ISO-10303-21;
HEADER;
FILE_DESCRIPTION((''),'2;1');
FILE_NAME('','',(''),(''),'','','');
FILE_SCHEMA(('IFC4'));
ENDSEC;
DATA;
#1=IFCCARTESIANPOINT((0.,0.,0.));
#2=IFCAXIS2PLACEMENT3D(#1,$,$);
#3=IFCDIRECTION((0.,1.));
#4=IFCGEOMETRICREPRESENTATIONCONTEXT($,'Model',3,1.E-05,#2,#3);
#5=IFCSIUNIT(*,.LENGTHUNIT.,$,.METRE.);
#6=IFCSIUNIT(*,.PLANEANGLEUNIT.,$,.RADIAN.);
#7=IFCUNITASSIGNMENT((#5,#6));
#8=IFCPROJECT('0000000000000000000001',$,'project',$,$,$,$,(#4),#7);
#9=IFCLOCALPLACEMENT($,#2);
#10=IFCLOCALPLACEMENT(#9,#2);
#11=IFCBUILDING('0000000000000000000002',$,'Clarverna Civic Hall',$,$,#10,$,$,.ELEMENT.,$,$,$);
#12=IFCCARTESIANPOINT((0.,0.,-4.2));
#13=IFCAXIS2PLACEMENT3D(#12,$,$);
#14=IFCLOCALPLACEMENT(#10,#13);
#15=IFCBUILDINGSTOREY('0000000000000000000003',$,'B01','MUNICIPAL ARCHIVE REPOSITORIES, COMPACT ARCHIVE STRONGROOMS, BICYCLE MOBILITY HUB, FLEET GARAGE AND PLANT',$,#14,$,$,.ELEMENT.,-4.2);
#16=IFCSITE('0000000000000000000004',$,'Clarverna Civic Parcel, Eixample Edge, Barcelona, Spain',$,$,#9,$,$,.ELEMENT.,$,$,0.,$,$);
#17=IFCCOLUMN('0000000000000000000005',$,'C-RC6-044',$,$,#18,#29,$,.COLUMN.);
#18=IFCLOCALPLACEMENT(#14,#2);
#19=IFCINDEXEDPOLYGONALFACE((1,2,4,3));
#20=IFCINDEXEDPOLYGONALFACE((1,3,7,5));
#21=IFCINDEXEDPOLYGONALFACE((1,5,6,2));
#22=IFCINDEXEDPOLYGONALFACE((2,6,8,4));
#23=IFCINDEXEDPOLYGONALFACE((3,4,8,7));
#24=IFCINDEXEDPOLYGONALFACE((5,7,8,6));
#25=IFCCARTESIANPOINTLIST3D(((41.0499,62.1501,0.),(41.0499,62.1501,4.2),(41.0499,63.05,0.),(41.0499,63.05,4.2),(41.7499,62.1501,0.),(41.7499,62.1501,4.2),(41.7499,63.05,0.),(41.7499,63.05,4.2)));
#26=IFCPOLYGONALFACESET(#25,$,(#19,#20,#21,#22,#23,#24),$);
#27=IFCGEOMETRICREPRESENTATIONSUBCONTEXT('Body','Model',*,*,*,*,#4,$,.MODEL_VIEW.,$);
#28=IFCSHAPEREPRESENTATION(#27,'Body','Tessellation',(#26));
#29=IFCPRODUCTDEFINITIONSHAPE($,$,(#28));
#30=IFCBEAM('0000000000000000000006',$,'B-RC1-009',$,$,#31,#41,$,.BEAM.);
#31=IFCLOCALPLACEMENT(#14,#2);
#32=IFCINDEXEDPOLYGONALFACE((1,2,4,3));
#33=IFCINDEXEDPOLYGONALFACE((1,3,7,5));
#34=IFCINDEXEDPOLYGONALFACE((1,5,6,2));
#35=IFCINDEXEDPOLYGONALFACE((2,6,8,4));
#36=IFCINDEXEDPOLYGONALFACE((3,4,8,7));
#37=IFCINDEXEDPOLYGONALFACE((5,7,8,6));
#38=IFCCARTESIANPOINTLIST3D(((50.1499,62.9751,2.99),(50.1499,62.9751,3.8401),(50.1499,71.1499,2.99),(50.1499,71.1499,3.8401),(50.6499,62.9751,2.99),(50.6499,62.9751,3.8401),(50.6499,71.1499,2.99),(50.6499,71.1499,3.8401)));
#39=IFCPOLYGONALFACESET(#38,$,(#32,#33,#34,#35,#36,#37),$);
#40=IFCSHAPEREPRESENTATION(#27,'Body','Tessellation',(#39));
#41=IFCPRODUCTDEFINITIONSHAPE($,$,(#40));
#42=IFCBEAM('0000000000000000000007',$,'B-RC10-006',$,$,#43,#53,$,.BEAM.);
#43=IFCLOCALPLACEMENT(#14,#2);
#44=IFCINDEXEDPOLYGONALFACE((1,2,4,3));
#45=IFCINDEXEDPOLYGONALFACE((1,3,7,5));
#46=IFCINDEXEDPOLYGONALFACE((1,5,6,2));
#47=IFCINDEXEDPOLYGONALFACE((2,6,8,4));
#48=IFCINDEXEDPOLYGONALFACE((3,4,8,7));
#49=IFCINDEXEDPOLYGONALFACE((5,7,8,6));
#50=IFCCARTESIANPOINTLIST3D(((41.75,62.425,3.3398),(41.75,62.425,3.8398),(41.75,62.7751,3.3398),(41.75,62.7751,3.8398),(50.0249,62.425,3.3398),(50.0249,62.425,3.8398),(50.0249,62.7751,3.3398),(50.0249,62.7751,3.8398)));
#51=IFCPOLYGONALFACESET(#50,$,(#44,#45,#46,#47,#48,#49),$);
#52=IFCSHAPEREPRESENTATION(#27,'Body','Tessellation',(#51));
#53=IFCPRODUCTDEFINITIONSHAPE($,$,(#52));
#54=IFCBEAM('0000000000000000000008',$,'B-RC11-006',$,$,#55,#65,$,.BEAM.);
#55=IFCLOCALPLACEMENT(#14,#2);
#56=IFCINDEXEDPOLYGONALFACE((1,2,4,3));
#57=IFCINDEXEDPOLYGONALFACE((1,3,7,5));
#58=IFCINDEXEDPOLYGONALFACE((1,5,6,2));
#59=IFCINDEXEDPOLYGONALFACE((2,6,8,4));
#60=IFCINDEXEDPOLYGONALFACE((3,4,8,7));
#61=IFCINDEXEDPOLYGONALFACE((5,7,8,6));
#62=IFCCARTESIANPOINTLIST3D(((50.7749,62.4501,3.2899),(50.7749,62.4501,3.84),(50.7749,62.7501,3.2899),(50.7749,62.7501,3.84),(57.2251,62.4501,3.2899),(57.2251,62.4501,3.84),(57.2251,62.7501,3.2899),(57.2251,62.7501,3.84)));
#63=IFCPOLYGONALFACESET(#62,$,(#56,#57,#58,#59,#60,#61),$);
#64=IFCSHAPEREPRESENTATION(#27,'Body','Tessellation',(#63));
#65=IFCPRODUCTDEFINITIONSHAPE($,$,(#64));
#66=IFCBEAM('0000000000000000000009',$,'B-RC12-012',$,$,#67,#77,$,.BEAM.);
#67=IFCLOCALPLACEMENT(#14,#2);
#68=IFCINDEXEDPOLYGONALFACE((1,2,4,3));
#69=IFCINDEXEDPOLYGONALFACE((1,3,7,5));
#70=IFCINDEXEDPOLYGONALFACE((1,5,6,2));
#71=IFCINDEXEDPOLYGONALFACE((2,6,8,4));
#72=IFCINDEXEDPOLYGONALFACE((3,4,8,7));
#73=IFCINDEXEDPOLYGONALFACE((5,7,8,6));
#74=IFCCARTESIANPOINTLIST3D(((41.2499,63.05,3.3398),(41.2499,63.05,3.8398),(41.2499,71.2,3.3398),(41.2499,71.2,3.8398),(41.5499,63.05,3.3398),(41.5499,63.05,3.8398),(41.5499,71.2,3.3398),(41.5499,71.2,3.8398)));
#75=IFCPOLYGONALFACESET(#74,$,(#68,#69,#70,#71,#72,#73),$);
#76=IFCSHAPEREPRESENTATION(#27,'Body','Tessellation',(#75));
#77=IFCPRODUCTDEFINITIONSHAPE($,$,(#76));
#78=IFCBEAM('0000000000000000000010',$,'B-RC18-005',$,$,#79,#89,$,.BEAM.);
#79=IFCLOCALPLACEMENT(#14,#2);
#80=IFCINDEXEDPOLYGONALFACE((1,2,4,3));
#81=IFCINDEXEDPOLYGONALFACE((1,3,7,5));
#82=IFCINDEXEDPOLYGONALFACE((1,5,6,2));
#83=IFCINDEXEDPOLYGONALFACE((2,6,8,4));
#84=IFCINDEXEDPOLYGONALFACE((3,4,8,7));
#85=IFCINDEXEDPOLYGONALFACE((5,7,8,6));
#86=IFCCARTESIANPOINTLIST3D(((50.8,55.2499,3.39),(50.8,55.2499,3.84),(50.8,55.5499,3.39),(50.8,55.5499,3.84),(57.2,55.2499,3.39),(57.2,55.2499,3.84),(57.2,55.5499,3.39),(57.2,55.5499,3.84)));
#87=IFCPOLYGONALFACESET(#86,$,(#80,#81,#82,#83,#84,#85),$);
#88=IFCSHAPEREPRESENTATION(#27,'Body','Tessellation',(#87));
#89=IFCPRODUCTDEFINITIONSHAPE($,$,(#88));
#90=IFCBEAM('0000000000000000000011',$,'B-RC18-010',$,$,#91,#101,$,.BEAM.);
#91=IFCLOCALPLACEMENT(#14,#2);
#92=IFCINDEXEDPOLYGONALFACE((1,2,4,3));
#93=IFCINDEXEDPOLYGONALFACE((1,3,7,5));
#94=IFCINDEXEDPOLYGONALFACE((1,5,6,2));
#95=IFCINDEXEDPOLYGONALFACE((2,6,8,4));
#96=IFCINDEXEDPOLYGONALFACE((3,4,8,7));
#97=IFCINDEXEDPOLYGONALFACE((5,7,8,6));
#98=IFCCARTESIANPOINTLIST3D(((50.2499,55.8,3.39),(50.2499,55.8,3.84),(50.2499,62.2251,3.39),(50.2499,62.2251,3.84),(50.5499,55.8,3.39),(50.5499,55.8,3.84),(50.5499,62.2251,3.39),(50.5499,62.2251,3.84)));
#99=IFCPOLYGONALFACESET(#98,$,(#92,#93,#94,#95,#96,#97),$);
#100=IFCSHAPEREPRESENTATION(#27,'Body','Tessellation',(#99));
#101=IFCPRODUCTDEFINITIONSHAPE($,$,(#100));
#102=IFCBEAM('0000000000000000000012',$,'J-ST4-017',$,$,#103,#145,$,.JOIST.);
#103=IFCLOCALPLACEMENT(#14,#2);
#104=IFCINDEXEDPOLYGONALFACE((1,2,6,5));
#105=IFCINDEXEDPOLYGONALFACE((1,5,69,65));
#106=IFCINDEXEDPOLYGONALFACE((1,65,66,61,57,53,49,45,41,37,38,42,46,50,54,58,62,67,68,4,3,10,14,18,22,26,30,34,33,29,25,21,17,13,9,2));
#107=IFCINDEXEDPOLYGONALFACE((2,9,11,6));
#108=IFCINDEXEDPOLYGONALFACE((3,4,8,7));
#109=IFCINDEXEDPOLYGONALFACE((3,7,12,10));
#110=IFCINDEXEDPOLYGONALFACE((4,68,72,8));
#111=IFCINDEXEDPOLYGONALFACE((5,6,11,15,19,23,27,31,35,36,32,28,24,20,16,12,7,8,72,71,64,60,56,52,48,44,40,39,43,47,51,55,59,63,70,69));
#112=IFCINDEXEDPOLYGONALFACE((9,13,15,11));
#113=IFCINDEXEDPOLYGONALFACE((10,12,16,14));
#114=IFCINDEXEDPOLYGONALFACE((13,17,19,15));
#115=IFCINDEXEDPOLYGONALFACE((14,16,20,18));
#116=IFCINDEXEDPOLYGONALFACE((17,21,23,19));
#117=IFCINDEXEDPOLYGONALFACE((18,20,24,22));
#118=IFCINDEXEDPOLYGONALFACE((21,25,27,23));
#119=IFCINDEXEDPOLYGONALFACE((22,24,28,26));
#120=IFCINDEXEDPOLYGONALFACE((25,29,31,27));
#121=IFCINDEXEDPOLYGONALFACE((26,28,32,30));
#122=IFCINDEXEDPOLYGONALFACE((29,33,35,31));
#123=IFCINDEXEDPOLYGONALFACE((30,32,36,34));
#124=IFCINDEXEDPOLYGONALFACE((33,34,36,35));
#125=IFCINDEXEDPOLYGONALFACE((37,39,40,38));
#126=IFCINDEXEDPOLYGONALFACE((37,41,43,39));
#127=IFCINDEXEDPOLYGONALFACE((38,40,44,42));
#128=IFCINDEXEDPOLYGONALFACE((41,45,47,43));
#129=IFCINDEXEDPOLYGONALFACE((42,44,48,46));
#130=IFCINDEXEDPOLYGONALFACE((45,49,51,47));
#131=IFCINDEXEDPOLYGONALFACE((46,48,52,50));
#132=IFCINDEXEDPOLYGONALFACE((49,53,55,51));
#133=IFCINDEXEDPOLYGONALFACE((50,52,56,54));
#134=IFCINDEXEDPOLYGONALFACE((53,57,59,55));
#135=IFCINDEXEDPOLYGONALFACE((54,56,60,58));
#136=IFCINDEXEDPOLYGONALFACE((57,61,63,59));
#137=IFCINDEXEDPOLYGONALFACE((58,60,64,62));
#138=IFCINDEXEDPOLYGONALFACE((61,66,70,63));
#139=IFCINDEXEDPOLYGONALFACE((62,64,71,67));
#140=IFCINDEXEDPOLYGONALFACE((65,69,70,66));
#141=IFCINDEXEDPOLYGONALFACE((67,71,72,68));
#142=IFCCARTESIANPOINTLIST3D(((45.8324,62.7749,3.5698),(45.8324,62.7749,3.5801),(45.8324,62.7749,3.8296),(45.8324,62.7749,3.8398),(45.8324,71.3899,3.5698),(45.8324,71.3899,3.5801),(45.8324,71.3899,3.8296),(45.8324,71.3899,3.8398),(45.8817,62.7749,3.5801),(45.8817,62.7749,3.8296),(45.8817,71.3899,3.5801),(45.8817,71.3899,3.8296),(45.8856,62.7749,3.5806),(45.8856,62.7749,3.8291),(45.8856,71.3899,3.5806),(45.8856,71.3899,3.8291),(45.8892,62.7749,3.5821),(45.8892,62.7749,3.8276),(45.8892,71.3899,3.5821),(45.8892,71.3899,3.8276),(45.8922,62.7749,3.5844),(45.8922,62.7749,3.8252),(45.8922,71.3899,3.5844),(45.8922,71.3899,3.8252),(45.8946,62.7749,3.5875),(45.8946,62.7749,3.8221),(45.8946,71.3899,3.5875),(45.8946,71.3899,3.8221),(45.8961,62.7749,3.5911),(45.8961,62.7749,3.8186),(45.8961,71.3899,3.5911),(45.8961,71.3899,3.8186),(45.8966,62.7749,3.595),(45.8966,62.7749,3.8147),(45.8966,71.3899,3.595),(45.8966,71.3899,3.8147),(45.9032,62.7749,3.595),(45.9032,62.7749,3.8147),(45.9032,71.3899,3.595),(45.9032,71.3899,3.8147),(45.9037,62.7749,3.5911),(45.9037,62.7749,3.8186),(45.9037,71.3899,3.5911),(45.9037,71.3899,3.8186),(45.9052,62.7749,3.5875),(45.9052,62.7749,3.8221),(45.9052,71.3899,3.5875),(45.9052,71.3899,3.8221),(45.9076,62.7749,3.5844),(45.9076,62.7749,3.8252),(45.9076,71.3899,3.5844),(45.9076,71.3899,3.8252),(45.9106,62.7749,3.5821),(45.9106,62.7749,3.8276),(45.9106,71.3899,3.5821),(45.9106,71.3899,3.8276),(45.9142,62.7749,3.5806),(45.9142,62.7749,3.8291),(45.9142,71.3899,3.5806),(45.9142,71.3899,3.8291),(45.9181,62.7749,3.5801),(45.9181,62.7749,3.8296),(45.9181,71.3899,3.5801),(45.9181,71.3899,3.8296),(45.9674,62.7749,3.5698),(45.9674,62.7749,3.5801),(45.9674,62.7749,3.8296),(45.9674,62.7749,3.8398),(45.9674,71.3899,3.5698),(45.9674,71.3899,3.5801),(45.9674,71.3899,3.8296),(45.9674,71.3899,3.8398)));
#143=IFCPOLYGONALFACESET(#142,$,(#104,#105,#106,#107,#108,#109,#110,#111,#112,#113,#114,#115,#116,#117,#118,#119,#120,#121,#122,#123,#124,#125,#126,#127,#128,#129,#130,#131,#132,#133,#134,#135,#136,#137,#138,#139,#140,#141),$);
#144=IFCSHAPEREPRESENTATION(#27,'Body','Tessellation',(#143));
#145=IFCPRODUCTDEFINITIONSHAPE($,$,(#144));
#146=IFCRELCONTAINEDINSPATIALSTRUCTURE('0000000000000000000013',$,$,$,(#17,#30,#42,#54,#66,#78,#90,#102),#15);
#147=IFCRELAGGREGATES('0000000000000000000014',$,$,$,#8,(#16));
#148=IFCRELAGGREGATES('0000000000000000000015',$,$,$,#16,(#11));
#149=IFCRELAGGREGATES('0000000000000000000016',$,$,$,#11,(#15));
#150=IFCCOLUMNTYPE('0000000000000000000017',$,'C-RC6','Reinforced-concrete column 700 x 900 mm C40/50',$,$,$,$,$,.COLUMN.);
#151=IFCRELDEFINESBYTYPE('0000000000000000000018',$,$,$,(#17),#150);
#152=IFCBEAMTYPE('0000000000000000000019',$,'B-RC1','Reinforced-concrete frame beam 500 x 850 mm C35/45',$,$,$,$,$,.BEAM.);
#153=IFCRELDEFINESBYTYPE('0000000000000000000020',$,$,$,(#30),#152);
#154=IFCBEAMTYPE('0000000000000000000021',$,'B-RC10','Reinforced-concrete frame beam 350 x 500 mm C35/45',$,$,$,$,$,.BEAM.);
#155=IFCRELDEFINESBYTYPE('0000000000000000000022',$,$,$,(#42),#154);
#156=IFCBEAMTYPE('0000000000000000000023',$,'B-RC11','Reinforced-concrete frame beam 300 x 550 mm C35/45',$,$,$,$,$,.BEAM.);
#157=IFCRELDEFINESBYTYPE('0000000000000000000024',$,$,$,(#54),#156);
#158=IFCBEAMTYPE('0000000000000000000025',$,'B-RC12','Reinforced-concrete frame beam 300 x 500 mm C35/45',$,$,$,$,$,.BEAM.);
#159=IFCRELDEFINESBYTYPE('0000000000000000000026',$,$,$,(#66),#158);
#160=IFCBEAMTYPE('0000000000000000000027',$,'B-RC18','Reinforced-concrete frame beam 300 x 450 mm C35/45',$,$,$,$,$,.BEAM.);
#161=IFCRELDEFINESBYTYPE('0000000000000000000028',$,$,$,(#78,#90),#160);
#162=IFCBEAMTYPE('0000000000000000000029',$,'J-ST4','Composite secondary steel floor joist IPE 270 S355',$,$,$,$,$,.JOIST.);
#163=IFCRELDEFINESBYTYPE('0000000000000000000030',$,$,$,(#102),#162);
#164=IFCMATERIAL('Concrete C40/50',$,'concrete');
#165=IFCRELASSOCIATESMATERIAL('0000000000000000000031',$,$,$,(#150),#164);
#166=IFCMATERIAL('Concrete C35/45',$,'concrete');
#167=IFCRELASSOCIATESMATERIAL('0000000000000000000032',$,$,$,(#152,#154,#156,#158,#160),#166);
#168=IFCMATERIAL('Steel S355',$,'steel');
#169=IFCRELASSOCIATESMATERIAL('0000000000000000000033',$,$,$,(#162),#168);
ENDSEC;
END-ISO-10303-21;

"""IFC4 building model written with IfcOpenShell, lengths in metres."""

from ifc_helpers import new_model, si_unit, direction, frame, origin, origin_2d, place, context, subcontext, project, spatial, rectangle, i_section, extrude, material, material_profile, profile_set, type_object, element, save


model = new_model("IFC4")

# Units and contexts
model_context = context("Model", 3, precision=1e-05, world=origin(), true_north=direction((0.0, 1.0)))
body_context = subcontext(model_context, "Body", "Model", "MODEL_VIEW")
ifc_project = project(units=[si_unit("LENGTHUNIT", "METRE"), si_unit("PLANEANGLEUNIT", "RADIAN")], contexts=[model_context])

# Site, building, storey
site_placement = place(None, origin())
site = spatial("IfcSite", under=ifc_project, at=site_placement, Name="Clarverna Civic Parcel, Eixample Edge, Barcelona, Spain", CompositionType="ELEMENT", RefElevation=0.0)
building_placement = place(site_placement, origin())
building = spatial("IfcBuilding", under=site, at=building_placement, Name="Clarverna Civic Hall", CompositionType="ELEMENT")
storey_placement = place(building_placement, frame((0.0, 0.0, -4.2)))
storey = spatial("IfcBuildingStorey", under=building, at=storey_placement, Name="B01", Description="MUNICIPAL ARCHIVE REPOSITORIES, COMPACT ARCHIVE STRONGROOMS, BICYCLE MOBILITY HUB, FLEET GARAGE AND PLANT", CompositionType="ELEMENT", Elevation=-4.2)

# Column
ifc_material_1 = material(Name="Concrete C40/50", Category="concrete")
ifc_material_profile_1 = material_profile(ifc_material_1, rectangle(XDim=0.7, YDim=0.8999, at=origin_2d()), Name="RC 700x900")
ifc_profile_set_1 = profile_set([ifc_material_profile_1], Name="Concrete C40/50")
column_type_1 = type_object("IfcColumnType", Name="C-RC6", Description="Reinforced-concrete column 700 x 900 mm C40/50", PredefinedType="COLUMN", material=ifc_profile_set_1)
column_1_placement = place(storey_placement, frame((41.3999, 62.6001, 0.0), z_axis=(0.0, 0.0, 1.0), x_axis=(1.0, 0.0, 0.0)))
element("IfcColumn", 1, at=column_1_placement, inside=storey, type_object=column_type_1, Name="C-RC6-044", PredefinedType="COLUMN", context=body_context, shape_type="SweptSolid", body=[
    extrude(rectangle(XDim=0.7, YDim=0.8999, at=origin_2d()), origin(), (0.0, 0.0, 1.0), 4.2),
])

# Beams
ifc_material_2 = material(Name="Concrete C35/45", Category="concrete")
ifc_material_profile_2 = material_profile(ifc_material_2, rectangle(XDim=0.5, YDim=0.8501, at=origin_2d()), Name="RC 500x850")
ifc_profile_set_2 = profile_set([ifc_material_profile_2], Name="Concrete C35/45")
beam_type_1 = type_object("IfcBeamType", Name="B-RC1", Description="Reinforced-concrete frame beam 500 x 850 mm C35/45", PredefinedType="BEAM", material=ifc_profile_set_2)
beam_1_placement = place(storey_placement, frame((50.3999, 62.9751, 3.415), z_axis=(0.0, 1.0, 0.0), x_axis=(-1.0, 0.0, 0.0)))
element("IfcBeam", 2, at=beam_1_placement, inside=storey, type_object=beam_type_1, Name="B-RC1-009", PredefinedType="BEAM", context=body_context, shape_type="SweptSolid", body=[
    extrude(rectangle(XDim=0.5, YDim=0.8501, at=origin_2d()), origin(), (0.0, 0.0, 1.0), 8.1748),
])
ifc_material_profile_3 = material_profile(ifc_material_2, rectangle(XDim=0.3501, YDim=0.5, at=origin_2d()), Name="RC 350x500")
ifc_profile_set_3 = profile_set([ifc_material_profile_3], Name="Concrete C35/45")
beam_type_2 = type_object("IfcBeamType", Name="B-RC10", Description="Reinforced-concrete frame beam 350 x 500 mm C35/45", PredefinedType="BEAM", material=ifc_profile_set_3)
beam_2_placement = place(storey_placement, frame((41.75, 62.6001, 3.5898), z_axis=(1.0, 0.0, 0.0), x_axis=(0.0, 1.0, 0.0)))
element("IfcBeam", 3, at=beam_2_placement, inside=storey, type_object=beam_type_2, Name="B-RC10-006", PredefinedType="BEAM", context=body_context, shape_type="SweptSolid", body=[
    extrude(rectangle(XDim=0.3501, YDim=0.5, at=origin_2d()), origin(), (0.0, 0.0, 1.0), 8.2749),
])
ifc_material_profile_4 = material_profile(ifc_material_2, rectangle(XDim=0.3, YDim=0.55, at=origin_2d()), Name="RC 300x550")
ifc_profile_set_4 = profile_set([ifc_material_profile_4], Name="Concrete C35/45")
beam_type_3 = type_object("IfcBeamType", Name="B-RC11", Description="Reinforced-concrete frame beam 300 x 550 mm C35/45", PredefinedType="BEAM", material=ifc_profile_set_4)
beam_3_placement = place(storey_placement, frame((50.7749, 62.6001, 3.5649), z_axis=(1.0, 0.0, 0.0), x_axis=(0.0, 1.0, 0.0)))
element("IfcBeam", 4, at=beam_3_placement, inside=storey, type_object=beam_type_3, Name="B-RC11-006", PredefinedType="BEAM", context=body_context, shape_type="SweptSolid", body=[
    extrude(rectangle(XDim=0.3, YDim=0.55, at=origin_2d()), origin(), (0.0, 0.0, 1.0), 6.4502),
])
ifc_material_profile_5 = material_profile(ifc_material_2, rectangle(XDim=0.3, YDim=0.5, at=origin_2d()), Name="RC 300x500")
ifc_profile_set_5 = profile_set([ifc_material_profile_5], Name="Concrete C35/45")
beam_type_4 = type_object("IfcBeamType", Name="B-RC12", Description="Reinforced-concrete frame beam 300 x 500 mm C35/45", PredefinedType="BEAM", material=ifc_profile_set_5)
beam_4_placement = place(storey_placement, frame((41.3999, 63.05, 3.5898), z_axis=(0.0, 1.0, 0.0), x_axis=(-1.0, 0.0, 0.0)))
element("IfcBeam", 5, at=beam_4_placement, inside=storey, type_object=beam_type_4, Name="B-RC12-012", PredefinedType="BEAM", context=body_context, shape_type="SweptSolid", body=[
    extrude(rectangle(XDim=0.3, YDim=0.5, at=origin_2d()), origin(), (0.0, 0.0, 1.0), 8.1499),
])
ifc_material_profile_6 = material_profile(ifc_material_2, rectangle(XDim=0.3, YDim=0.45, at=origin_2d()), Name="RC 300x450")
ifc_profile_set_6 = profile_set([ifc_material_profile_6], Name="Concrete C35/45")
beam_type_5 = type_object("IfcBeamType", Name="B-RC18", Description="Reinforced-concrete frame beam 300 x 450 mm C35/45", PredefinedType="BEAM", material=ifc_profile_set_6)
beam_5_placement = place(storey_placement, frame((50.8, 55.3999, 3.615), z_axis=(1.0, 0.0, 0.0), x_axis=(0.0, 1.0, 0.0)))
element("IfcBeam", 6, at=beam_5_placement, inside=storey, type_object=beam_type_5, Name="B-RC18-005", PredefinedType="BEAM", context=body_context, shape_type="SweptSolid", body=[
    extrude(rectangle(XDim=0.3, YDim=0.45, at=origin_2d()), origin(), (0.0, 0.0, 1.0), 6.3999),
])
beam_6_placement = place(storey_placement, frame((50.3999, 55.8, 3.615), z_axis=(0.0, 1.0, 0.0), x_axis=(-1.0, 0.0, 0.0)))
element("IfcBeam", 7, at=beam_6_placement, inside=storey, type_object=beam_type_5, Name="B-RC18-010", PredefinedType="BEAM", context=body_context, shape_type="SweptSolid", body=[
    extrude(rectangle(XDim=0.3, YDim=0.45, at=origin_2d()), origin(), (0.0, 0.0, 1.0), 6.425),
])
ifc_material_3 = material(Name="Steel S355", Category="steel")
ifc_material_profile_7 = material_profile(ifc_material_3, i_section(OverallWidth=0.135, OverallDepth=0.27, WebThickness=0.0066, FlangeThickness=0.0103, FilletRadius=0.0149, at=origin_2d()), Name="IPE 270")
ifc_profile_set_7 = profile_set([ifc_material_profile_7], Name="Steel S355")
beam_type_6 = type_object("IfcBeamType", Name="J-ST4", Description="Composite secondary steel floor joist IPE 270 S355", PredefinedType="JOIST", material=ifc_profile_set_7)
beam_7_placement = place(storey_placement, frame((45.8999, 62.7749, 3.7048), z_axis=(0.0, 1.0, 0.0), x_axis=(-1.0, 0.0, 0.0)))
element("IfcBeam", 8, at=beam_7_placement, inside=storey, type_object=beam_type_6, Name="J-ST4-017", PredefinedType="JOIST", context=body_context, shape_type="SweptSolid", body=[
    extrude(i_section(OverallWidth=0.135, OverallDepth=0.27, WebThickness=0.0066, FlangeThickness=0.0103, FilletRadius=0.0149, at=origin_2d()), origin(), (0.0, 0.0, 1.0), 8.615),
])

save(model, "model.ifc")
